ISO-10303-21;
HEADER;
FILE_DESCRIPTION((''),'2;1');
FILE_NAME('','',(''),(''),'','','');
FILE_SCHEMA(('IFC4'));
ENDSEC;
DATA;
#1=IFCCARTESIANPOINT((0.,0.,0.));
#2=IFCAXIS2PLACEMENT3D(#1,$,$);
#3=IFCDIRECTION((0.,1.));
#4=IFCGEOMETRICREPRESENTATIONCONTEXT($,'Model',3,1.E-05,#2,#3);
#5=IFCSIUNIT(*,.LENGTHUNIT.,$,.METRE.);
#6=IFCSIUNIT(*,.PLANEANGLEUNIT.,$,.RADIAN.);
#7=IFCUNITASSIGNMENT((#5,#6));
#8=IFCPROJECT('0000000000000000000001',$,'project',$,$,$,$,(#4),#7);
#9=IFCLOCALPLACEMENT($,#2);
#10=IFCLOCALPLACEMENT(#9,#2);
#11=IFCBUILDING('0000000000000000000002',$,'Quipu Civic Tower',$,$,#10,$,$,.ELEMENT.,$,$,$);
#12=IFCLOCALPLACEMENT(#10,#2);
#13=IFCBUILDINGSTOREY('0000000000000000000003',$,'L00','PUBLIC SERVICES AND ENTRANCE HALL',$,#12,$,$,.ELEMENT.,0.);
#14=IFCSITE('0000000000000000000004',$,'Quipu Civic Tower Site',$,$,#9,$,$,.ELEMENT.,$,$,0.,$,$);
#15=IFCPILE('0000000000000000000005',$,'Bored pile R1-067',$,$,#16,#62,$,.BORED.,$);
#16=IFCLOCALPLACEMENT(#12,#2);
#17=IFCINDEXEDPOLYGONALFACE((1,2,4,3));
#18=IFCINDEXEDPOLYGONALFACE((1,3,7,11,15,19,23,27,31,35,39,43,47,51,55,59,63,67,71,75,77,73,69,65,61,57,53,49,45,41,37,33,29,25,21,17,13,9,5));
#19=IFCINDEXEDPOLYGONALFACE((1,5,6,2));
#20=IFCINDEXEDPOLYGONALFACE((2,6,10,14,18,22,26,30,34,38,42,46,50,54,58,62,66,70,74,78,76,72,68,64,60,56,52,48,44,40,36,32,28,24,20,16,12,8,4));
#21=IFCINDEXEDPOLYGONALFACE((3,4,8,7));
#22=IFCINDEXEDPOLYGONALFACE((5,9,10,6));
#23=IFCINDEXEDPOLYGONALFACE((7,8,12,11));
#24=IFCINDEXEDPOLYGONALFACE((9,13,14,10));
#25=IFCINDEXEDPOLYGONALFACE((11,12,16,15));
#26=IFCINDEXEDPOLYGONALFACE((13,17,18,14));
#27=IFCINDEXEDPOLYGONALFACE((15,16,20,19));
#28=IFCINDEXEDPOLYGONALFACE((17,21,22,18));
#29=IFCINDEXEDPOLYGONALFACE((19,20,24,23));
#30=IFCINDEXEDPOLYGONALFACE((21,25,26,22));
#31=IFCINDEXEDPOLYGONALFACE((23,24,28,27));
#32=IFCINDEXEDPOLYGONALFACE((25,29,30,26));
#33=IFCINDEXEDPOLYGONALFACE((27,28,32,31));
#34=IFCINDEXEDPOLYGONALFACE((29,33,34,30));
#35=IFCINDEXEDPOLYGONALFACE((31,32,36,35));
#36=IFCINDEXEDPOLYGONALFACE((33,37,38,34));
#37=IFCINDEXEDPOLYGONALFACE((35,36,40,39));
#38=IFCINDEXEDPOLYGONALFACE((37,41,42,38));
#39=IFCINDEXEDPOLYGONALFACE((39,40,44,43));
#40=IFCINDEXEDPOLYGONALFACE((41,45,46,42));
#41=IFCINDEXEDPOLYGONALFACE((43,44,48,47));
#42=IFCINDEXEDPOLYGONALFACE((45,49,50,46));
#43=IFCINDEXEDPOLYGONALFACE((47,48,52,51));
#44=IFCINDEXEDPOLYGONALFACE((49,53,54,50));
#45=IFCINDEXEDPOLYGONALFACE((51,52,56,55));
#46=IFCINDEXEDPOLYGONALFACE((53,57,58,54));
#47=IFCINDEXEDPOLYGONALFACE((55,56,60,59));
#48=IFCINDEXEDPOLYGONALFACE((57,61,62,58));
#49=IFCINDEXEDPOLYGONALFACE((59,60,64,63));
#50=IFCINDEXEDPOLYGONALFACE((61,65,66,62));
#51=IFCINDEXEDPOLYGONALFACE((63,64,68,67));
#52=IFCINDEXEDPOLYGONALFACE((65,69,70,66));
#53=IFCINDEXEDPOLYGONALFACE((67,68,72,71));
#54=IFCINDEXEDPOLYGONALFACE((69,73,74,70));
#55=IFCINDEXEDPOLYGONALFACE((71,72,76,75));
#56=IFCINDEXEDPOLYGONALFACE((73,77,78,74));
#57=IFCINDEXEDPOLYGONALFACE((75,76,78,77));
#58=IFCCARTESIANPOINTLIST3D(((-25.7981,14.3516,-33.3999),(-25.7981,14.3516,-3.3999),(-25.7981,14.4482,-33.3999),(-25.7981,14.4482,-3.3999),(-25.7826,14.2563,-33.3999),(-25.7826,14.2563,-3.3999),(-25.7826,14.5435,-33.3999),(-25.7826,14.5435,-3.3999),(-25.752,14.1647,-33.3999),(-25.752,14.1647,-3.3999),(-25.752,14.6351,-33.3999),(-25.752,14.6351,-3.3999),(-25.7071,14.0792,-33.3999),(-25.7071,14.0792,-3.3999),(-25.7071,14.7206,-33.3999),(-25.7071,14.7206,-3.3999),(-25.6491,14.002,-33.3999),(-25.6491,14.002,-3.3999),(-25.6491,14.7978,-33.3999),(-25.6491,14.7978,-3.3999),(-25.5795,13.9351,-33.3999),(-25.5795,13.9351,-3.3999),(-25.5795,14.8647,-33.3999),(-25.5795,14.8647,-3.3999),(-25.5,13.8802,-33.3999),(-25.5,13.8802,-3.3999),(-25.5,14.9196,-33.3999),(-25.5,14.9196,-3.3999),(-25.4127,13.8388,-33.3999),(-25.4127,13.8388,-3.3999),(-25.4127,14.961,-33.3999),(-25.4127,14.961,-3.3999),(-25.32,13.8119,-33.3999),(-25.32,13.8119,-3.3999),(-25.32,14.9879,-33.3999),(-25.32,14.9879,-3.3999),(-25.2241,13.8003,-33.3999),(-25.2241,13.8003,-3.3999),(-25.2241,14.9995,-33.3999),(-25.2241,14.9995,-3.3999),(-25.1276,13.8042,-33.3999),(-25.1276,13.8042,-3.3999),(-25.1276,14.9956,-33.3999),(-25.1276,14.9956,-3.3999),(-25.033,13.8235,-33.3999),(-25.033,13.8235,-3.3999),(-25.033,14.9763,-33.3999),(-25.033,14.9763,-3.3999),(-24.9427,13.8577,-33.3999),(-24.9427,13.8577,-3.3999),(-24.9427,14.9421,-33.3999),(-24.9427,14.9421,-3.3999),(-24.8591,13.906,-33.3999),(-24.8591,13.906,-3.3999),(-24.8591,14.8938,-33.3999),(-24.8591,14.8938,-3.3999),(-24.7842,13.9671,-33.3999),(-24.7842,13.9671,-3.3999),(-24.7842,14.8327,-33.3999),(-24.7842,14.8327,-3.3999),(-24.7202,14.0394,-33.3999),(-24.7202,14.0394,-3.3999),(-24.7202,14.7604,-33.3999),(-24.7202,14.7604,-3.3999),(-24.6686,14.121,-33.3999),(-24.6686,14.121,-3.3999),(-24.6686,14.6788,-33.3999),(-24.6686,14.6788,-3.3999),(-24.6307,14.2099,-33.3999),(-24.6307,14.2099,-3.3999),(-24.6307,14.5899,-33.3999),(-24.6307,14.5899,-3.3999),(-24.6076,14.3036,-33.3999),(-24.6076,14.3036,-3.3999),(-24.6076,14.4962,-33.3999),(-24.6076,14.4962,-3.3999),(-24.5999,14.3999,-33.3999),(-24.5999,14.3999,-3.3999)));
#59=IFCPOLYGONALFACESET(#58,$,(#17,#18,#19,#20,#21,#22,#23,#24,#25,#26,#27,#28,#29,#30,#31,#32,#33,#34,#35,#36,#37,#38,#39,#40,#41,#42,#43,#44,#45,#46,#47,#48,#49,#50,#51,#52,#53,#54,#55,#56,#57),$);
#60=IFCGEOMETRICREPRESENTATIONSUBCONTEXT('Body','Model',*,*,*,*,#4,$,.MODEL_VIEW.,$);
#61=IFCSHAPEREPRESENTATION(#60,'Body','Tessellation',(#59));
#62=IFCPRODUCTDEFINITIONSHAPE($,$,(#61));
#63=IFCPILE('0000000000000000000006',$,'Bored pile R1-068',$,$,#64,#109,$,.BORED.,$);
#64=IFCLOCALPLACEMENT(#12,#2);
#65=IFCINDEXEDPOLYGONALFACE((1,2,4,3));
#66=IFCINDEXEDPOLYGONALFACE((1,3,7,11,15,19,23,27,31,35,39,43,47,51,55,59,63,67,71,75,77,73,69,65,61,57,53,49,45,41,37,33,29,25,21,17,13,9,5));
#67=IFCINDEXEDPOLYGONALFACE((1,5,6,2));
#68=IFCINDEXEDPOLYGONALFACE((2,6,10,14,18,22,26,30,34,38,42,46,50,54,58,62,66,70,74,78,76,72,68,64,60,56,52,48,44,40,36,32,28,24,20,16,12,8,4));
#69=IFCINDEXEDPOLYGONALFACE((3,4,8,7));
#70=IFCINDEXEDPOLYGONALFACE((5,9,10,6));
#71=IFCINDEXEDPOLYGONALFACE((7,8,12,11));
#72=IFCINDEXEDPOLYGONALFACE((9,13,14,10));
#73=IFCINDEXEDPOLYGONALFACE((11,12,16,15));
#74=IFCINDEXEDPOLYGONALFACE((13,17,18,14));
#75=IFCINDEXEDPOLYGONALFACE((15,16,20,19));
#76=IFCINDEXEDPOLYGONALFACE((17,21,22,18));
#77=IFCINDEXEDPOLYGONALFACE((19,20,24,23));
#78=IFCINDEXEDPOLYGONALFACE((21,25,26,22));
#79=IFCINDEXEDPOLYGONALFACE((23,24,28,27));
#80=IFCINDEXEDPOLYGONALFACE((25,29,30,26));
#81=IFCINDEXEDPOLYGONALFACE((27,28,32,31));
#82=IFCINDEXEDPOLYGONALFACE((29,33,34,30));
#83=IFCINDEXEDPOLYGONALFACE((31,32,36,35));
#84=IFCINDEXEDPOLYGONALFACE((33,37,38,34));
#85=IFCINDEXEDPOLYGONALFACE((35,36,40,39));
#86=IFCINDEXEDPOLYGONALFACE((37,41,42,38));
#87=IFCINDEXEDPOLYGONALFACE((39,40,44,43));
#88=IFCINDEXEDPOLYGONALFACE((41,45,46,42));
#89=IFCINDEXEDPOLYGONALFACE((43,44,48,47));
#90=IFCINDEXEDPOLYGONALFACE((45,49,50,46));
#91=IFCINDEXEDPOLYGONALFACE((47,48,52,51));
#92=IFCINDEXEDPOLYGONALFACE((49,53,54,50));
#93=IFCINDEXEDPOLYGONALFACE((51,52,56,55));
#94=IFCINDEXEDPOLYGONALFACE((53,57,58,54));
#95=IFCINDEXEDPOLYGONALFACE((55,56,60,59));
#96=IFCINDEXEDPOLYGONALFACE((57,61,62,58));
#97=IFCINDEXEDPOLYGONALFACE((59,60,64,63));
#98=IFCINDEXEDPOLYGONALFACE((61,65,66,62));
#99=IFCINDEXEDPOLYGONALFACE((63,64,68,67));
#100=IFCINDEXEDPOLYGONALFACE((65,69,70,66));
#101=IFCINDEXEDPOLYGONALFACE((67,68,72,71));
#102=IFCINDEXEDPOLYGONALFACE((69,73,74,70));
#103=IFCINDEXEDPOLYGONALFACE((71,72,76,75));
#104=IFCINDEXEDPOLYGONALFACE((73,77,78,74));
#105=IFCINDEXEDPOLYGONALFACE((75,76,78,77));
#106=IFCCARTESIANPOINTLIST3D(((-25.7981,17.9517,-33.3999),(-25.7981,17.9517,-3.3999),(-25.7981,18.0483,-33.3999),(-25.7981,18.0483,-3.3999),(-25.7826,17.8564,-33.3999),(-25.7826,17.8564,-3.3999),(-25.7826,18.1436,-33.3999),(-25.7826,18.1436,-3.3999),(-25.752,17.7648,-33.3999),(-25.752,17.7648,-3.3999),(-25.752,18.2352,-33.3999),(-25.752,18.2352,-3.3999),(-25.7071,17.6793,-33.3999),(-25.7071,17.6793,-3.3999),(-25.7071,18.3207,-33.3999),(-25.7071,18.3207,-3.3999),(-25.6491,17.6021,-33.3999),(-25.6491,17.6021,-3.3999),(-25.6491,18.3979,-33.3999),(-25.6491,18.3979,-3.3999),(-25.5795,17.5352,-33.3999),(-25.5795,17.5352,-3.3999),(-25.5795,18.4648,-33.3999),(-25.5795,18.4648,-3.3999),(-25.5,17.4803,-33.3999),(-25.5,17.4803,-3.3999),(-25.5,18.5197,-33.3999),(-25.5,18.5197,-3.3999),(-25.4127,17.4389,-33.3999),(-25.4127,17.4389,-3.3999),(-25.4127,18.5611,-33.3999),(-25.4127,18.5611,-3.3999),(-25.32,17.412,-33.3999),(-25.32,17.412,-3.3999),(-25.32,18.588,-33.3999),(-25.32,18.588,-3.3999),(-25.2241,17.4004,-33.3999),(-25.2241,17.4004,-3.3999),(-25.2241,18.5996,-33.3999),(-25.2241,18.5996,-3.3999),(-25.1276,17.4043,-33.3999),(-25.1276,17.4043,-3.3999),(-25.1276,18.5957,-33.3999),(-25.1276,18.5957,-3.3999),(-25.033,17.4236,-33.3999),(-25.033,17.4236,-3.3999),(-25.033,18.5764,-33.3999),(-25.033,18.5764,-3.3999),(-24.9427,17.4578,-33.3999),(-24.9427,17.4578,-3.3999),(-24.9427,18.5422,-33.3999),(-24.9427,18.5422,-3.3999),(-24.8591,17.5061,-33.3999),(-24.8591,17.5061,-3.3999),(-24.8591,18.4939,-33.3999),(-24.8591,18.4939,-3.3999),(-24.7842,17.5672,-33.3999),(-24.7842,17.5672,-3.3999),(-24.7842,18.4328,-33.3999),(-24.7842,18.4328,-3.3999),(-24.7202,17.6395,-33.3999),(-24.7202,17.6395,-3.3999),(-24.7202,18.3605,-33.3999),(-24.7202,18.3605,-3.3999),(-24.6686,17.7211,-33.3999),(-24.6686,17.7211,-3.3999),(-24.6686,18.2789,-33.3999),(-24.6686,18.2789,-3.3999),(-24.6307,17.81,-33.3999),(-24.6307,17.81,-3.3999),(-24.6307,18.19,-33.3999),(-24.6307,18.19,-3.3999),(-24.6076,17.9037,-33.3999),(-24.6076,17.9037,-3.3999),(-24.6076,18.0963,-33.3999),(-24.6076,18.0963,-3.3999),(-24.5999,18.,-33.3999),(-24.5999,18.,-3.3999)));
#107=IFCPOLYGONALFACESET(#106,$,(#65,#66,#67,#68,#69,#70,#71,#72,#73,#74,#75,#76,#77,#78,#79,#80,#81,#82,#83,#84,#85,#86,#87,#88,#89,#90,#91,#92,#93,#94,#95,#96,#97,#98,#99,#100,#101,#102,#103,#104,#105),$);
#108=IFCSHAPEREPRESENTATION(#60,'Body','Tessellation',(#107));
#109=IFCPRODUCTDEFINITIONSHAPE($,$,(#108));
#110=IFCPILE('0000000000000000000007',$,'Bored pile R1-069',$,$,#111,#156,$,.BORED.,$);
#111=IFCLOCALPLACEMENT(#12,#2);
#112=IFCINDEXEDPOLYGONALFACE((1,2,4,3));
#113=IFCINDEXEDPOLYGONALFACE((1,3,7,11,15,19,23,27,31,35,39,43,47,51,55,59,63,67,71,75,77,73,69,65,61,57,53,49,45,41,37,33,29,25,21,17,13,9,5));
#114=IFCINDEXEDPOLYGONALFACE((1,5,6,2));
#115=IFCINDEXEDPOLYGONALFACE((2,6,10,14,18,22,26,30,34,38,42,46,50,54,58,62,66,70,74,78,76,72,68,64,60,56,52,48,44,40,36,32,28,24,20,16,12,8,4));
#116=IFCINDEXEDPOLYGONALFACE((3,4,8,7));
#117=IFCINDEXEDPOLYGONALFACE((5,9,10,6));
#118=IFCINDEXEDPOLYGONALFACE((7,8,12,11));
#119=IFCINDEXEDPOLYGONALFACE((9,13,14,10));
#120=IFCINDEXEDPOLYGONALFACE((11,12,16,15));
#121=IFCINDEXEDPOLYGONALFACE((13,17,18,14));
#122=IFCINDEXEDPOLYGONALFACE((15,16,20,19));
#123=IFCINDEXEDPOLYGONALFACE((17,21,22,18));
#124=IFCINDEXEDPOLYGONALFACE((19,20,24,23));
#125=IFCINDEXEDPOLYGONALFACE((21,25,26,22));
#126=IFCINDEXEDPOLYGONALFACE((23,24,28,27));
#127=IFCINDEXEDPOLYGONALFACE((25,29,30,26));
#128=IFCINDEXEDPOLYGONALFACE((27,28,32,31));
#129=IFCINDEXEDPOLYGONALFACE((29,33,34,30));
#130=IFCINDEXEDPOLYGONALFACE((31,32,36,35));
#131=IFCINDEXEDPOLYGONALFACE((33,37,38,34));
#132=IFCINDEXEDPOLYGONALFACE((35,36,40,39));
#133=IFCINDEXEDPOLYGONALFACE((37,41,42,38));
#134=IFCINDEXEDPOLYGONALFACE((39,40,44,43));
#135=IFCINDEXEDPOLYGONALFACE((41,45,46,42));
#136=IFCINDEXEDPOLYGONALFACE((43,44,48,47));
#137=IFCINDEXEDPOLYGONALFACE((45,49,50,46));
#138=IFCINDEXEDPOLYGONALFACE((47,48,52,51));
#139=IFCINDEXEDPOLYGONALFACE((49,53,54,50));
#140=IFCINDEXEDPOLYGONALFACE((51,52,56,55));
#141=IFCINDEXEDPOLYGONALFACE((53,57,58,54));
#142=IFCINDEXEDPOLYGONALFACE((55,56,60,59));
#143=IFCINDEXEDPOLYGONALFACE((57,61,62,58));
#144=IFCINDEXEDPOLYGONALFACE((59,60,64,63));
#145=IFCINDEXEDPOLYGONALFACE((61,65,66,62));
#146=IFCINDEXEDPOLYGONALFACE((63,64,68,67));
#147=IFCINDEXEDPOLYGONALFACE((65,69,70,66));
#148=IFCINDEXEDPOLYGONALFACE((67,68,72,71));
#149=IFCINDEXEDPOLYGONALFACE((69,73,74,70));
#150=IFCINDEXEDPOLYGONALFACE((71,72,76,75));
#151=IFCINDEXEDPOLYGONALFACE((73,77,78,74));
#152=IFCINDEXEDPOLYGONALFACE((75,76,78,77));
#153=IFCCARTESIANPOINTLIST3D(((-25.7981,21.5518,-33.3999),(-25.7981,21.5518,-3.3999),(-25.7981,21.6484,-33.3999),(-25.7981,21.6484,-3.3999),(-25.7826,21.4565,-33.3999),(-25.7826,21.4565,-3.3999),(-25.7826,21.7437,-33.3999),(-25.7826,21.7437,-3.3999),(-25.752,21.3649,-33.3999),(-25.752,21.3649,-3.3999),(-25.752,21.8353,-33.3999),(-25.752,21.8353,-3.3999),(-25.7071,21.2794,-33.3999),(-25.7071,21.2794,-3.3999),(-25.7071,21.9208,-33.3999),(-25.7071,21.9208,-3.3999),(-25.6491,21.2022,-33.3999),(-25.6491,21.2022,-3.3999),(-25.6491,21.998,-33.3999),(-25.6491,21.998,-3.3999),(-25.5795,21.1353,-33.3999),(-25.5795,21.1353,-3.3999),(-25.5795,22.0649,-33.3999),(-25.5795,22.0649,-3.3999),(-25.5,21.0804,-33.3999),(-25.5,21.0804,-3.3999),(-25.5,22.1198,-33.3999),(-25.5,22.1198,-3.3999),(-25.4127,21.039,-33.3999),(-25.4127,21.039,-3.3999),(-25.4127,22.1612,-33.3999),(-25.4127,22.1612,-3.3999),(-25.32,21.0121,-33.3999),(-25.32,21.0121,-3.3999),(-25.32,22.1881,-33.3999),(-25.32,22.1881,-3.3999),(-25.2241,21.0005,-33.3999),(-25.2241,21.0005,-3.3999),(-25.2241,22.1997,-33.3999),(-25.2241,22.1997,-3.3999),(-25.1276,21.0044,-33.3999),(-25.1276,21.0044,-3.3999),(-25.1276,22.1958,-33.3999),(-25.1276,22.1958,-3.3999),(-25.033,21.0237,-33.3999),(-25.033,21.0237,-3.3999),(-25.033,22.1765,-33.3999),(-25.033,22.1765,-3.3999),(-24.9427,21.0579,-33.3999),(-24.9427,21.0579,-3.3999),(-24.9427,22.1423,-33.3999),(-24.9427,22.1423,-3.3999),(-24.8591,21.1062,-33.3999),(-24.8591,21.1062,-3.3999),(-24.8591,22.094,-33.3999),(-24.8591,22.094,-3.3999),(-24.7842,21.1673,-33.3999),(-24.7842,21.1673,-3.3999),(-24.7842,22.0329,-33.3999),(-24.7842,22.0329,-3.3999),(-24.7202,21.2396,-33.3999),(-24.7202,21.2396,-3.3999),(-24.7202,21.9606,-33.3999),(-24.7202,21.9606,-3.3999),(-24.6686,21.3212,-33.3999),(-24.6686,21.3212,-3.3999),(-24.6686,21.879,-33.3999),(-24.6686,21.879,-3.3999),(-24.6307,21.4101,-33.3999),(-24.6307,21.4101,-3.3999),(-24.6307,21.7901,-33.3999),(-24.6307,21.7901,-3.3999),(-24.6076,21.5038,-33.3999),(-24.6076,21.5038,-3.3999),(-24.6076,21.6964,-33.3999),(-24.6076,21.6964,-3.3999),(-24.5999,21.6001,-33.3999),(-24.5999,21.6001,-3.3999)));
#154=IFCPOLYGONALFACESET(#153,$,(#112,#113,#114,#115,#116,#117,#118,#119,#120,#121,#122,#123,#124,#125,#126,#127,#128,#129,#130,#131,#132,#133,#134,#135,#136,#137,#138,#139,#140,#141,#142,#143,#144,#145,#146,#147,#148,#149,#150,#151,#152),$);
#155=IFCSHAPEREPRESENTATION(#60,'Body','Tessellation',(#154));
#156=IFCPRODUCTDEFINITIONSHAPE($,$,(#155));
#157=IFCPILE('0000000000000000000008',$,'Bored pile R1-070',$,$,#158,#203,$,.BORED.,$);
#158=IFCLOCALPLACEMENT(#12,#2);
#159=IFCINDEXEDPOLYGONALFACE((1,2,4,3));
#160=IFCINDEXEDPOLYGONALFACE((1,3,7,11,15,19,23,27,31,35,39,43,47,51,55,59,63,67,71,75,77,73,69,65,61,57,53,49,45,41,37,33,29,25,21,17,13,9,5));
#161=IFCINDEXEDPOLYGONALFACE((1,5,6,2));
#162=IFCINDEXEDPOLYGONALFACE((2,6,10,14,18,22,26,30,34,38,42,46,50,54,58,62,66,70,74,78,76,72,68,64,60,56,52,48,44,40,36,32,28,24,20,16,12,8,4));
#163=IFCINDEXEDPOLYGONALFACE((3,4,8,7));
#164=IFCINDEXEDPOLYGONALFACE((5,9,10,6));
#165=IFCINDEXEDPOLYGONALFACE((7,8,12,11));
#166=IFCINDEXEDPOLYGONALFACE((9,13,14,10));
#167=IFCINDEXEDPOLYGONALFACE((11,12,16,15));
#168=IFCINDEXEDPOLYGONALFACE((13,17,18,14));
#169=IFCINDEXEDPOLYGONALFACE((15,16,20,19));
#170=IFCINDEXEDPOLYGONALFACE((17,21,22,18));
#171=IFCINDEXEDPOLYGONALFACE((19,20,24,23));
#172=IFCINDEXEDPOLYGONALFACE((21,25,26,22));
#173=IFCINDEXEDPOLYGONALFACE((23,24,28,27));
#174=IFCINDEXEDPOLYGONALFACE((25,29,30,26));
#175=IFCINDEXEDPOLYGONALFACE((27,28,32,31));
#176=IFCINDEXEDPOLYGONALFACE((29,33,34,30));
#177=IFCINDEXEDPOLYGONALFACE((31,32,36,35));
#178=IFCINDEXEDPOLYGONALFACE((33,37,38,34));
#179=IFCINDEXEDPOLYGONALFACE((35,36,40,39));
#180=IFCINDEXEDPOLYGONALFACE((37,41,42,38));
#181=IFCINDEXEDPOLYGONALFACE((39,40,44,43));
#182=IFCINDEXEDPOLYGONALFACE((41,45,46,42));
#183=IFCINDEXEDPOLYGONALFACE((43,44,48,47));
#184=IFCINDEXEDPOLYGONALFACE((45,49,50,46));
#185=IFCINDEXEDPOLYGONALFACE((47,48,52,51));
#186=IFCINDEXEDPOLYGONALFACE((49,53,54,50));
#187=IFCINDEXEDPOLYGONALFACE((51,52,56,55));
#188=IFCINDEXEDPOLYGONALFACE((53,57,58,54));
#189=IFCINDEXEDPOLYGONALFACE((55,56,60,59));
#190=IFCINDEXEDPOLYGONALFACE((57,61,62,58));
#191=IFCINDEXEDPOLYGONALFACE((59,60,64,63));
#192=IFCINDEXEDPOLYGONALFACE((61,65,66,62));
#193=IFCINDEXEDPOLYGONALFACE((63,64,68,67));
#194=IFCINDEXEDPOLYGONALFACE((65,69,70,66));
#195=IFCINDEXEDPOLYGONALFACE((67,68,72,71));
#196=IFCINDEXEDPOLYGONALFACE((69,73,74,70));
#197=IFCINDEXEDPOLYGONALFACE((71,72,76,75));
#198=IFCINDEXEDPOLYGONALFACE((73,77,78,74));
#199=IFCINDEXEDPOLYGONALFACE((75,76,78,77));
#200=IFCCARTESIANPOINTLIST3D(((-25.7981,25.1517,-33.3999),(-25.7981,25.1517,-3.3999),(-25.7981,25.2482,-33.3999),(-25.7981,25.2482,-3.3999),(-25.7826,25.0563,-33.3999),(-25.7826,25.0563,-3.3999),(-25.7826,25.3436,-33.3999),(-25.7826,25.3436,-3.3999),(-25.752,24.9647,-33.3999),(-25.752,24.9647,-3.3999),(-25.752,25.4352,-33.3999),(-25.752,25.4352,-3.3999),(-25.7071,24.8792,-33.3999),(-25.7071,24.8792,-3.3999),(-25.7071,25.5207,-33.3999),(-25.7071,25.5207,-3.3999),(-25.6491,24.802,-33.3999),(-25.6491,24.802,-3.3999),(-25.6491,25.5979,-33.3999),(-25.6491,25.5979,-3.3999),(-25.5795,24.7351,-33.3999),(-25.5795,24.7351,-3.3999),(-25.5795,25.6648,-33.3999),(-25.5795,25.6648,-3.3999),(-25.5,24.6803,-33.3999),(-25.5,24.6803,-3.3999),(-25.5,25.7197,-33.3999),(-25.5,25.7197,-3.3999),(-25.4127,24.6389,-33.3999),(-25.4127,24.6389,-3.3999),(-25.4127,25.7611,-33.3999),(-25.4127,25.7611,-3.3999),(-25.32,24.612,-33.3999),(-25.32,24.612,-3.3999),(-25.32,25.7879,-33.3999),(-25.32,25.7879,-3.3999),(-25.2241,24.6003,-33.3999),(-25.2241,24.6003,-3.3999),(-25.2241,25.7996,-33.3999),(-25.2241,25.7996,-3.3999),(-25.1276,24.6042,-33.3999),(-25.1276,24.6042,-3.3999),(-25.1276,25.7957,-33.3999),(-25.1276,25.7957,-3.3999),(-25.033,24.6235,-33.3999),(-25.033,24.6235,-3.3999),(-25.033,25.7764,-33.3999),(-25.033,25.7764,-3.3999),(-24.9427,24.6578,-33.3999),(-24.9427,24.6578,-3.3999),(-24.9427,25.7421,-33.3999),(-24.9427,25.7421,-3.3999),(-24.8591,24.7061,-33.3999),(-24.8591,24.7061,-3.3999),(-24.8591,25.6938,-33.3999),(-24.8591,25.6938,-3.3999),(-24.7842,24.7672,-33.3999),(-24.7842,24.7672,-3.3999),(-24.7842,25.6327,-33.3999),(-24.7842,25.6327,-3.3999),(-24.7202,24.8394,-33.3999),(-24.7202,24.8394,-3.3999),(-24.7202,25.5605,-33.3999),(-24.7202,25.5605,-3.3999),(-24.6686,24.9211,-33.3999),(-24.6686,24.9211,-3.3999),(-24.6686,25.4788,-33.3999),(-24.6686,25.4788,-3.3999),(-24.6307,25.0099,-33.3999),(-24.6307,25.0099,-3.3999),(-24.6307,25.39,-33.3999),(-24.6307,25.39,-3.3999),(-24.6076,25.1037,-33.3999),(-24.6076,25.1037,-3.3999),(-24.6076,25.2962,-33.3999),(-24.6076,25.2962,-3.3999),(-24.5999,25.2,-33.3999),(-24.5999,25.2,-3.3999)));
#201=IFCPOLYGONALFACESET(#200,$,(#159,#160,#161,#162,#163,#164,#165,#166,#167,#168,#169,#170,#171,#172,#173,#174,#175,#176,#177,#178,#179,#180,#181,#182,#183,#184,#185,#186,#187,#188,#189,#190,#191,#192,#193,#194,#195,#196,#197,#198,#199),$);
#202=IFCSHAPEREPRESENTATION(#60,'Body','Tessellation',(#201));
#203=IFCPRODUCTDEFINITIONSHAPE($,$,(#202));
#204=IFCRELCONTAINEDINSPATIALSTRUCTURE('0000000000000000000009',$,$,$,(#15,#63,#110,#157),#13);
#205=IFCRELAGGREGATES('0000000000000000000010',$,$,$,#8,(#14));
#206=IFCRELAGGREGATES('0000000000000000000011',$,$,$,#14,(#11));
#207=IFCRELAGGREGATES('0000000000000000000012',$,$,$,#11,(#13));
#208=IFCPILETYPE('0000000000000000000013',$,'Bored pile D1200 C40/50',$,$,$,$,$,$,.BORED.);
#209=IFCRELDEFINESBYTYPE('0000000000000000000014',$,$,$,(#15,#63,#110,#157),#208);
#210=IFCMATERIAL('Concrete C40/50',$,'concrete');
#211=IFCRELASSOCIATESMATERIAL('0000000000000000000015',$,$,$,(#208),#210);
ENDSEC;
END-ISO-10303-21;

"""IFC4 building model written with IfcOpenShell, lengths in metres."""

from ifc_helpers import new_model, si_unit, direction, frame, origin, origin_2d, place, context, subcontext, project, spatial, circle, extrude, material, material_profile, profile_set, type_object, element, save


model = new_model("IFC4")

# Units and contexts
model_context = context("Model", 3, precision=1e-05, world=origin(), true_north=direction((0.0, 1.0)))
body_context = subcontext(model_context, "Body", "Model", "MODEL_VIEW")
ifc_project = project(units=[si_unit("LENGTHUNIT", "METRE"), si_unit("PLANEANGLEUNIT", "RADIAN")], contexts=[model_context])

# Site, building, storey
site_placement = place(None, origin())
site = spatial("IfcSite", under=ifc_project, at=site_placement, Name="Quipu Civic Tower Site", CompositionType="ELEMENT", RefElevation=0.0)
building_placement = place(site_placement, origin())
building = spatial("IfcBuilding", under=site, at=building_placement, Name="Quipu Civic Tower", CompositionType="ELEMENT")
storey_placement = place(building_placement, origin())
storey = spatial("IfcBuildingStorey", under=building, at=storey_placement, Name="L00", Description="PUBLIC SERVICES AND ENTRANCE HALL", CompositionType="ELEMENT", Elevation=0.0)

# Piles
ifc_material_1 = material(Name="Concrete C40/50", Category="concrete")
ifc_material_profile_1 = material_profile(ifc_material_1, circle(Radius=0.6001, at=origin_2d()), Name="RCD1200")
ifc_profile_set_1 = profile_set([ifc_material_profile_1], Name="Concrete C40/50")
pile_type = type_object("IfcPileType", Name="Bored pile D1200 C40/50", PredefinedType="BORED", material=ifc_profile_set_1)
for number, where, z_axis, x_axis, name in (
    (1, (-25.2, 14.3999, -3.3999), (0.0, 0.0, -1.0), (1.0, 0.0, 0.0), "Bored pile R1-067"),
    (2, (-25.2, 18.0, -3.3999), (0.0, 0.0, -1.0), (1.0, 0.0, 0.0), "Bored pile R1-068"),
    (3, (-25.2, 21.6001, -3.3999), (0.0, 0.0, -1.0), (1.0, 0.0, 0.0), "Bored pile R1-069"),
    (4, (-25.2, 25.2, -3.3999), (0.0, 0.0, -1.0), (1.0, 0.0, 0.0), "Bored pile R1-070"),
):
    element("IfcPile", number, at=place(storey_placement, frame(where, z_axis=z_axis, x_axis=x_axis)), inside=storey, type_object=pile_type, Name=name, PredefinedType="BORED", context=body_context, shape_type="SweptSolid", body=[
        extrude(circle(Radius=0.6001, at=origin_2d()), origin(), (0.0, 0.0, 1.0), 30.0),
    ])

save(model, "model.ifc")
